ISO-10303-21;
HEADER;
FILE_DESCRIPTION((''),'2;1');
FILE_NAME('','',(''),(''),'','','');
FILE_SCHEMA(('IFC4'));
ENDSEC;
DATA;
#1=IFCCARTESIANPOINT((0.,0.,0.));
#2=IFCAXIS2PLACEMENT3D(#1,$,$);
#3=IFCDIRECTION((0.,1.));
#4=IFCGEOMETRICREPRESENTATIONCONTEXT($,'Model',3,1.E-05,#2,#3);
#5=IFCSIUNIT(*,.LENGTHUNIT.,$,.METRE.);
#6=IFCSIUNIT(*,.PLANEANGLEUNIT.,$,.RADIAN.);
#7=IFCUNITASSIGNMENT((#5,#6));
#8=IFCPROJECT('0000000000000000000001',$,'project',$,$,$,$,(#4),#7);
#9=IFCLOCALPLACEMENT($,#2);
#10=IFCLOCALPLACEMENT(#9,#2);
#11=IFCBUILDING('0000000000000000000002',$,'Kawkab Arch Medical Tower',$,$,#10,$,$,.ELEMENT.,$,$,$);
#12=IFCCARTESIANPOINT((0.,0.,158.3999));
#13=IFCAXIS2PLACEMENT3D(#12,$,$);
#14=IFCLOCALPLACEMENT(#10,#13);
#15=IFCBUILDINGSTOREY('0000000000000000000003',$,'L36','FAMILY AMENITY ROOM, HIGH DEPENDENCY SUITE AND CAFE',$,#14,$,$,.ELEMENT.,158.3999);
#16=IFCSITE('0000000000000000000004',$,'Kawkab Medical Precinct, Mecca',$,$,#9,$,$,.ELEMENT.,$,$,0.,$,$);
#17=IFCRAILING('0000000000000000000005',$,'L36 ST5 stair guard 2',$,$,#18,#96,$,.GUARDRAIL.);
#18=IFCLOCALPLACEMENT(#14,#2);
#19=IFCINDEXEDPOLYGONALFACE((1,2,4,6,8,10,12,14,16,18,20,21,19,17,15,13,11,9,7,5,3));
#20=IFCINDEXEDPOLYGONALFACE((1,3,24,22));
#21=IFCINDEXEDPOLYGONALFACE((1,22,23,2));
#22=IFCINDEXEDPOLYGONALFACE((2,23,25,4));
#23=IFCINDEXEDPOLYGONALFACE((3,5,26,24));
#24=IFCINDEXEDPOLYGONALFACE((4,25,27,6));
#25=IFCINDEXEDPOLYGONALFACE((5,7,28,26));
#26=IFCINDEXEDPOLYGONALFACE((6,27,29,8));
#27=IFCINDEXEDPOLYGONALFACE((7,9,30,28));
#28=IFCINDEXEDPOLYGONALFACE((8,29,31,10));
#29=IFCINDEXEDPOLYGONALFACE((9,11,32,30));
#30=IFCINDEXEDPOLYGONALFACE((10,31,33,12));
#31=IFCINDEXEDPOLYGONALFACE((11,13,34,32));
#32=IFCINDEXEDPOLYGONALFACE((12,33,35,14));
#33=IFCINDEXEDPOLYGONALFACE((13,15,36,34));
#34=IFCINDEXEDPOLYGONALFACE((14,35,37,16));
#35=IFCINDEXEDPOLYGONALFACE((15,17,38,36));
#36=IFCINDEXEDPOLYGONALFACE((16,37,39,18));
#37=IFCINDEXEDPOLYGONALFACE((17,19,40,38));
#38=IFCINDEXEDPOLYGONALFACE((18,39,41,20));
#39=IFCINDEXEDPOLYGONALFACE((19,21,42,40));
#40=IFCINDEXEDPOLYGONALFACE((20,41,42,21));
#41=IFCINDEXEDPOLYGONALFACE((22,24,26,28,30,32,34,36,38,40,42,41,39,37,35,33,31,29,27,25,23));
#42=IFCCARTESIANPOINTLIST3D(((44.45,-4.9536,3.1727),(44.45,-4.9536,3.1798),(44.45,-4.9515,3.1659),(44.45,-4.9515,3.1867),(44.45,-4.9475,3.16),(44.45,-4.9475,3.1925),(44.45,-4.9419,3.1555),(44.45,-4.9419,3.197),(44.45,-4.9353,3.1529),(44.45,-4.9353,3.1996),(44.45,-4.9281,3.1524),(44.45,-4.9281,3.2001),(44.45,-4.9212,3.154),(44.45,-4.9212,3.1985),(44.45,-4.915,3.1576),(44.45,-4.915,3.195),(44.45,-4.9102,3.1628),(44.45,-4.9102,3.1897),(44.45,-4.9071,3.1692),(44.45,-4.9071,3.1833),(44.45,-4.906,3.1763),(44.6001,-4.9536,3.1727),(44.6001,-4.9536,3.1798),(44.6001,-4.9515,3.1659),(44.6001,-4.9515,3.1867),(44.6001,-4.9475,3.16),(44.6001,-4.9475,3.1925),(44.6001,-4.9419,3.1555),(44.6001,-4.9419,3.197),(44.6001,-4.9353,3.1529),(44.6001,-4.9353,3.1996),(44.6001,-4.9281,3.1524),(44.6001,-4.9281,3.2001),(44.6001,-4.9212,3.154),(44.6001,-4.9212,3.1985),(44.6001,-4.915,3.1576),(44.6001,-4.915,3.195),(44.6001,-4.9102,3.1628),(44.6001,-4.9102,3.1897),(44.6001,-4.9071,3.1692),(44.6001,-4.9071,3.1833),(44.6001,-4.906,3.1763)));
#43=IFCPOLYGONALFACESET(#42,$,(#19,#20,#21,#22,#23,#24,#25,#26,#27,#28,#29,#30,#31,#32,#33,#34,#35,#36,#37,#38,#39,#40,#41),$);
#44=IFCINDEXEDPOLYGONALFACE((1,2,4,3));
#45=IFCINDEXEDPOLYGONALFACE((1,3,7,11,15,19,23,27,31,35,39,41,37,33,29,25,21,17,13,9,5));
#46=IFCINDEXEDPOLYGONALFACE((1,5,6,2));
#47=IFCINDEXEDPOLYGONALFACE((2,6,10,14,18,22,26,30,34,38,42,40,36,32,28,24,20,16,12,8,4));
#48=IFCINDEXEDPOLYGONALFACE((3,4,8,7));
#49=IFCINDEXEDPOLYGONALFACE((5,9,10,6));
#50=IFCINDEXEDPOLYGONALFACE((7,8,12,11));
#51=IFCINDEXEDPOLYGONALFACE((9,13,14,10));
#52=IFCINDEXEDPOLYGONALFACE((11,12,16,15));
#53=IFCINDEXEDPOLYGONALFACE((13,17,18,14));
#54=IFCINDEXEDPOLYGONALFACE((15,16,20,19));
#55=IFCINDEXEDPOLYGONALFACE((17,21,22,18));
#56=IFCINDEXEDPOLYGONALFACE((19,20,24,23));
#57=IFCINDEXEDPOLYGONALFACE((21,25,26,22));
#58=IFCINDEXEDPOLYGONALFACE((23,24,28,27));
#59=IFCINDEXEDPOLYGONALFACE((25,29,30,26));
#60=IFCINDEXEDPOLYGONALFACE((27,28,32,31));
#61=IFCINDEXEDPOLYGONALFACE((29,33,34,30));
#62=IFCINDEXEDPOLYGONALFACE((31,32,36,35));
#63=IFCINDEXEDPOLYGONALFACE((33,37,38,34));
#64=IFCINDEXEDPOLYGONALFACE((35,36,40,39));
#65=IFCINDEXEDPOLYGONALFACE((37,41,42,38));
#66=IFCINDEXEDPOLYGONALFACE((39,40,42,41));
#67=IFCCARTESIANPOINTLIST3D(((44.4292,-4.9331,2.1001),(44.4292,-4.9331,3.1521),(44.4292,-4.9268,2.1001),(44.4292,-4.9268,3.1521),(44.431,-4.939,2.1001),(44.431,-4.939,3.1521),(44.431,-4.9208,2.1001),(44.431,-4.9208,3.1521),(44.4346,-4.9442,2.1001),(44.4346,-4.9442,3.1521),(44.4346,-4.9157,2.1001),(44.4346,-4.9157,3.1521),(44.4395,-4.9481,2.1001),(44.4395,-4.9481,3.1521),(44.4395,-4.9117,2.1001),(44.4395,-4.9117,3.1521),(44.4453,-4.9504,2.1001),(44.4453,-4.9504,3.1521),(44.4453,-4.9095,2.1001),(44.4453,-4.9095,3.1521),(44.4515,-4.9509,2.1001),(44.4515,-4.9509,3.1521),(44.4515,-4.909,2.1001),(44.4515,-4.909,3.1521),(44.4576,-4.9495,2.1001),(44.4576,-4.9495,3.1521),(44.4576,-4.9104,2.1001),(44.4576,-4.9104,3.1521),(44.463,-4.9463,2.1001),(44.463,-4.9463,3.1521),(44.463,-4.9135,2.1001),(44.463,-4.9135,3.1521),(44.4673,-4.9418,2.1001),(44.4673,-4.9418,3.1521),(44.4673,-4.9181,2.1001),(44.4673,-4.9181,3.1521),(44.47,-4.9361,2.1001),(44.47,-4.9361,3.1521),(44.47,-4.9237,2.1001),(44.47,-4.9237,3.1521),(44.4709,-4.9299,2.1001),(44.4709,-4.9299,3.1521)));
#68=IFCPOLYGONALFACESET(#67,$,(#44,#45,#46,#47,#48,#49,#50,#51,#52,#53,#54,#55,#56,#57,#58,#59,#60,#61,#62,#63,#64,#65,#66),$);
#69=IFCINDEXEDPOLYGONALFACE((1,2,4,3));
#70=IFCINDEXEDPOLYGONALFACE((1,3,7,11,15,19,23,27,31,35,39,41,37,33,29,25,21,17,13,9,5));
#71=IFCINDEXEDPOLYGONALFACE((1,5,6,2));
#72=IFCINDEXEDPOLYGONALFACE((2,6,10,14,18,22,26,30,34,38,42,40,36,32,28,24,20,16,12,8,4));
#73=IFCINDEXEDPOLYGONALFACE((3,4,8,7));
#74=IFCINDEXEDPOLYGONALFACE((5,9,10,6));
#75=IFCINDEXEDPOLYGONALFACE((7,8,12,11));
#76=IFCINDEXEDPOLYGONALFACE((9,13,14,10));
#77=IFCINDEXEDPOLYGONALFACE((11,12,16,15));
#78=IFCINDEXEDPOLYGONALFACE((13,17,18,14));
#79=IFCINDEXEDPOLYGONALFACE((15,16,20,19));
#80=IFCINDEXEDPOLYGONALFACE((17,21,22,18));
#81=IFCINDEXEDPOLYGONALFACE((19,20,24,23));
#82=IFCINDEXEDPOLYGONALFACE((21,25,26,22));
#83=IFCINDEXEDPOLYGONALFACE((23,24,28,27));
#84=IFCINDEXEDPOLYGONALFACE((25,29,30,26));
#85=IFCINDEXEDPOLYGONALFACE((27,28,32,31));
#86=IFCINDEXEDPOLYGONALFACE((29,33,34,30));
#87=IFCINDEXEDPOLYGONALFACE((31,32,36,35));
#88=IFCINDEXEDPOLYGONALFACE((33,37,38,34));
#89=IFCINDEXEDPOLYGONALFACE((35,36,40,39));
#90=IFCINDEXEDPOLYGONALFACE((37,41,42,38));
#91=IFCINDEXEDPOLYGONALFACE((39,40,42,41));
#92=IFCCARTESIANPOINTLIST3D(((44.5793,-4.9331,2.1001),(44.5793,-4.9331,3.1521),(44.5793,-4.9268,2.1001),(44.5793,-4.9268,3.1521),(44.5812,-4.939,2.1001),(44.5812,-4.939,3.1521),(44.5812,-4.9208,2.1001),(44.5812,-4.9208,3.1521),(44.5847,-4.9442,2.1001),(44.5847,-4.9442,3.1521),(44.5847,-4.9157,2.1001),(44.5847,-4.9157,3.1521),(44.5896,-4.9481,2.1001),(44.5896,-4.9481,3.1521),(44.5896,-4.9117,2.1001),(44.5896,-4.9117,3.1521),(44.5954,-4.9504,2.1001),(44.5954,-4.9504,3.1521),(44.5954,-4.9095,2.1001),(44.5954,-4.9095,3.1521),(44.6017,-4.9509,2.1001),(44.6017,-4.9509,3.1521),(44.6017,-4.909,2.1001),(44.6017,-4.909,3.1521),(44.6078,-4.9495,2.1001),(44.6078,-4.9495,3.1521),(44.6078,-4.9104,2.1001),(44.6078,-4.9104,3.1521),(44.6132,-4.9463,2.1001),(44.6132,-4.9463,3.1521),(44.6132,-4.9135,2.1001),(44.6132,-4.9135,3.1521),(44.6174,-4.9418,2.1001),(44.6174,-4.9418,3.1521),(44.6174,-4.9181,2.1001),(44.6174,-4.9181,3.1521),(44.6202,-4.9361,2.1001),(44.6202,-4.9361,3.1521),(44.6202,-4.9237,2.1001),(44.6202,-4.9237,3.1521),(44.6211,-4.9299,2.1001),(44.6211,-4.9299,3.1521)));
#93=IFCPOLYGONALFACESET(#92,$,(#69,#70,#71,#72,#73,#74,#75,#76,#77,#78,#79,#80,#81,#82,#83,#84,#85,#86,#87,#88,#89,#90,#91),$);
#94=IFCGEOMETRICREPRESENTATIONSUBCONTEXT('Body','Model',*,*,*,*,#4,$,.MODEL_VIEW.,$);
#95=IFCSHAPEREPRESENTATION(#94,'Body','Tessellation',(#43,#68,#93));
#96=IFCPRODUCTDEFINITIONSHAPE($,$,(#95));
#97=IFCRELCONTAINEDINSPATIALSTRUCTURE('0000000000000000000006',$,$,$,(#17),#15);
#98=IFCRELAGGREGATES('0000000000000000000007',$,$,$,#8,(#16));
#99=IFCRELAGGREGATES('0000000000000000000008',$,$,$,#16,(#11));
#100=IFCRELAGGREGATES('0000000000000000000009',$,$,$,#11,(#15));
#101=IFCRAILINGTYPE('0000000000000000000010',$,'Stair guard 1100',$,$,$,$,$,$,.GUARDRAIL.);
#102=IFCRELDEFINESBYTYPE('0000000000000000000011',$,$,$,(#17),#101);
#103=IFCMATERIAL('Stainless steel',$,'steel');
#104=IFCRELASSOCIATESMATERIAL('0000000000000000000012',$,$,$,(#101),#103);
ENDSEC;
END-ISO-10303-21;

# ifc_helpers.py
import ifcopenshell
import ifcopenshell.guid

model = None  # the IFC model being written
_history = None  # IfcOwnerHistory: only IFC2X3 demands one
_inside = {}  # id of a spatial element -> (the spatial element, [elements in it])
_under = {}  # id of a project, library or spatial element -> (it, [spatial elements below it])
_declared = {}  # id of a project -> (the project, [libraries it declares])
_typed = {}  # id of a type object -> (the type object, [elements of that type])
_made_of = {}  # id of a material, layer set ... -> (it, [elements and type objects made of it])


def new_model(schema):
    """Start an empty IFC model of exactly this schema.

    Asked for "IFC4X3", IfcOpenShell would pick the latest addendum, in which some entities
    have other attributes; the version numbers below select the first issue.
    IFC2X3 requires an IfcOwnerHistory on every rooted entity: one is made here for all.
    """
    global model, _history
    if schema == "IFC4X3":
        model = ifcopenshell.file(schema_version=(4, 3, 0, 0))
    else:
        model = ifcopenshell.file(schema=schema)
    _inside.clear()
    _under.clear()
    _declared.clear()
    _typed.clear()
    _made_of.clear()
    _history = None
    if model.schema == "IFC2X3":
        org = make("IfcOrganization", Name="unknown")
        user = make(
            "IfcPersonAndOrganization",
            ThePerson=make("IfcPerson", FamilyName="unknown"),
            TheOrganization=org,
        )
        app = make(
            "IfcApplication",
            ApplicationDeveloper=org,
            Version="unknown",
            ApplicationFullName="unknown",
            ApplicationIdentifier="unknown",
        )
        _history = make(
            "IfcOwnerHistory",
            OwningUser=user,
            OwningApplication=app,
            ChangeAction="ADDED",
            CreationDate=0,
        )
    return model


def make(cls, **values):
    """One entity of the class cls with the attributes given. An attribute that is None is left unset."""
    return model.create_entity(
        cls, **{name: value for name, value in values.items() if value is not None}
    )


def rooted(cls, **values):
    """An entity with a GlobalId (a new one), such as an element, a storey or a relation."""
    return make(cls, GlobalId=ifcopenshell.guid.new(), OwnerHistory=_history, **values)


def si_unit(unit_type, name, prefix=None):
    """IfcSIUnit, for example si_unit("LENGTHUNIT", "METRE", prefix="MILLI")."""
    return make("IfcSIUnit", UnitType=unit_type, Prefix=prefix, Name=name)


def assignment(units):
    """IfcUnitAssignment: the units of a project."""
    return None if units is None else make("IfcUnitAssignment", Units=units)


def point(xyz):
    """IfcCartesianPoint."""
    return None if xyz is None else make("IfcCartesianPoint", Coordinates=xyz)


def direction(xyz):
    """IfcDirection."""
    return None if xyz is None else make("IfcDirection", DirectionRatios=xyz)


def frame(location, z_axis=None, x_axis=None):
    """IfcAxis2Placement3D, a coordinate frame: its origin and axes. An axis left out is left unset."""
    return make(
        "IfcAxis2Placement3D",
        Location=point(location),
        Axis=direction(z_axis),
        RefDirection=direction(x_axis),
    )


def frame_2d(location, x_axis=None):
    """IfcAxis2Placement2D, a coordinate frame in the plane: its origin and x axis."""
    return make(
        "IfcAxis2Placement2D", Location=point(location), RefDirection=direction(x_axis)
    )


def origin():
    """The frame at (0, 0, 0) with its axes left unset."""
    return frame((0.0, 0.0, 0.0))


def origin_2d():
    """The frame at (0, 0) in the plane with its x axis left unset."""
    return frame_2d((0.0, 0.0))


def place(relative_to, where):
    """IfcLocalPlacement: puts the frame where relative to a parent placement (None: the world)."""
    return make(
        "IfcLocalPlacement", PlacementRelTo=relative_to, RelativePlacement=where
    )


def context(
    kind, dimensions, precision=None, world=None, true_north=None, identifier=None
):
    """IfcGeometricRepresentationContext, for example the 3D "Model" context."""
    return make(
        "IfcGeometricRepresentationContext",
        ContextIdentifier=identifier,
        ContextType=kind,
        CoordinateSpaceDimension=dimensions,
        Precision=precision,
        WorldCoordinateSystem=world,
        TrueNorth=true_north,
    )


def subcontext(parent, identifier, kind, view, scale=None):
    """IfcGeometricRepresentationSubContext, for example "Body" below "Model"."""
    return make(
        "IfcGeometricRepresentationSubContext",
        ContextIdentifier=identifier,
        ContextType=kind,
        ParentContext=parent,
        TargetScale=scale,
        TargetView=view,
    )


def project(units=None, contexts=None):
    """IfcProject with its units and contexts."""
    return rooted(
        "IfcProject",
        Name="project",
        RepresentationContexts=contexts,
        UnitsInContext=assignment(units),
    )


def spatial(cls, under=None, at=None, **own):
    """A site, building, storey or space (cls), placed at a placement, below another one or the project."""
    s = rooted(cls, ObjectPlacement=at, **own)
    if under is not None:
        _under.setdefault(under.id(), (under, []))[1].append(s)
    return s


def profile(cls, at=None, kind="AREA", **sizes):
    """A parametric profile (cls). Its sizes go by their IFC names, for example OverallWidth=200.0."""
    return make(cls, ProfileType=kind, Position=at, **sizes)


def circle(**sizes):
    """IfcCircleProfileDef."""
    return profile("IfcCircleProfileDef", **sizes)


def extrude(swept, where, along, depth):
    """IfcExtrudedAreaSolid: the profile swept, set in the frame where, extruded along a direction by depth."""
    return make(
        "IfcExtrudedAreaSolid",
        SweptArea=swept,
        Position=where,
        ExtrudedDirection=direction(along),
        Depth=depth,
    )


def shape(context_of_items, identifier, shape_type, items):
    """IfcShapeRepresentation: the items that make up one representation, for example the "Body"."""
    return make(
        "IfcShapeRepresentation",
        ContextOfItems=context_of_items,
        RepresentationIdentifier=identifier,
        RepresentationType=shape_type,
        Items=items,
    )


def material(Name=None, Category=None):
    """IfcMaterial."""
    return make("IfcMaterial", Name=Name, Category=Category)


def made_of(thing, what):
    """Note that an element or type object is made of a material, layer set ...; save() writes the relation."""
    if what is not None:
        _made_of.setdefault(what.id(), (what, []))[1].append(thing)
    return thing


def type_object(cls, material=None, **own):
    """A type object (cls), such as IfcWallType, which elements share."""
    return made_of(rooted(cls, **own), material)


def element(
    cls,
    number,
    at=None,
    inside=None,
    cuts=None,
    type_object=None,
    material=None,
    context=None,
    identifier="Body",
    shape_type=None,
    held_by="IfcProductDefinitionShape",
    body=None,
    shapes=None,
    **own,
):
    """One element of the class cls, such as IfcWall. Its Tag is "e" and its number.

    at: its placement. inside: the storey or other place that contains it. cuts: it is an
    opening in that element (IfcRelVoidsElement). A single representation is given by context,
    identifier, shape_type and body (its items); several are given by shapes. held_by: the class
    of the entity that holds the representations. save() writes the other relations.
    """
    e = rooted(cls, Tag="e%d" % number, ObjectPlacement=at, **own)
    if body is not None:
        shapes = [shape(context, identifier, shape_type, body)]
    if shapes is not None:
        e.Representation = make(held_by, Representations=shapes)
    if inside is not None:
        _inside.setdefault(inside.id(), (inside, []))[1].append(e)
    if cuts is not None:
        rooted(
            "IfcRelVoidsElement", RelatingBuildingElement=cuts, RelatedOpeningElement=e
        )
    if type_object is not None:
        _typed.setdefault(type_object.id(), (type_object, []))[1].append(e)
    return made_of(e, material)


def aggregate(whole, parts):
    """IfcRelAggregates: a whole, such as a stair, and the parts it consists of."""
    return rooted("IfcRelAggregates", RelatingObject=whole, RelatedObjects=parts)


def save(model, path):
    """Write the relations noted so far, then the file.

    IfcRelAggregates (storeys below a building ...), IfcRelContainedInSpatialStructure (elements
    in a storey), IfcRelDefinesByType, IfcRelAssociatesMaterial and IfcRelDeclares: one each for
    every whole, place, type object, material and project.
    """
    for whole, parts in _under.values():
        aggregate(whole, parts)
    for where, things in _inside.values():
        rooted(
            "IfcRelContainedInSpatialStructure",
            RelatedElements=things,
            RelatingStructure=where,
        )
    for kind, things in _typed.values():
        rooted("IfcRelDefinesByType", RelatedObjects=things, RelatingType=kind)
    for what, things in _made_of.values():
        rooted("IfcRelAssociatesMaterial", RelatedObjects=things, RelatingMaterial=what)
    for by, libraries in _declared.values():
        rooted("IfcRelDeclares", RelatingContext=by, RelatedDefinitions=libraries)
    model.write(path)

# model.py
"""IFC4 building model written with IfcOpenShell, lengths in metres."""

from ifc_helpers import new_model, si_unit, direction, frame, origin, origin_2d, place, context, subcontext, project, spatial, circle, extrude, material, type_object, element, save


model = new_model("IFC4")

# Units and contexts
model_context = context("Model", 3, precision=1e-05, world=origin(), true_north=direction((0.0, 1.0)))
body_context = subcontext(model_context, "Body", "Model", "MODEL_VIEW")
ifc_project = project(units=[si_unit("LENGTHUNIT", "METRE"), si_unit("PLANEANGLEUNIT", "RADIAN")], contexts=[model_context])

# Site, building, storey
site_placement = place(None, origin())
site = spatial("IfcSite", under=ifc_project, at=site_placement, Name="Kawkab Medical Precinct, Mecca", CompositionType="ELEMENT", RefElevation=0.0)
building_placement = place(site_placement, origin())
building = spatial("IfcBuilding", under=site, at=building_placement, Name="Kawkab Arch Medical Tower", CompositionType="ELEMENT")
storey_placement = place(building_placement, frame((0.0, 0.0, 158.3999)))
storey = spatial("IfcBuildingStorey", under=building, at=storey_placement, Name="L36", Description="FAMILY AMENITY ROOM, HIGH DEPENDENCY SUITE AND CAFE", CompositionType="ELEMENT", Elevation=158.3999)

# Railing
ifc_material_1 = material(Name="Stainless steel", Category="steel")
railing_type_1 = type_object("IfcRailingType", Name="Stair guard 1100", PredefinedType="GUARDRAIL", material=ifc_material_1)
railing_1_placement = place(storey_placement, frame((44.45, -4.9299, 2.1001)))
element("IfcRailing", 1, at=railing_1_placement, inside=storey, type_object=railing_type_1, Name="L36 ST5 stair guard 2", PredefinedType="GUARDRAIL", context=body_context, shape_type="SweptSolid", body=[
    extrude(circle(Radius=0.0239, at=origin_2d()), frame((0.0, 0.0, 1.0762), z_axis=(1.0, 0.0, 0.0), x_axis=(0.0, 1.0, 0.0)), (0.0, 0.0, 1.0), 0.1501),
    extrude(circle(Radius=0.021, at=origin_2d()), origin(), (0.0, 0.0, 1.0), 1.052),
    extrude(circle(Radius=0.021, at=origin_2d()), frame((0.1501, 0.0, 0.0)), (0.0, 0.0, 1.0), 1.052),
])

save(model, "model.ifc")
